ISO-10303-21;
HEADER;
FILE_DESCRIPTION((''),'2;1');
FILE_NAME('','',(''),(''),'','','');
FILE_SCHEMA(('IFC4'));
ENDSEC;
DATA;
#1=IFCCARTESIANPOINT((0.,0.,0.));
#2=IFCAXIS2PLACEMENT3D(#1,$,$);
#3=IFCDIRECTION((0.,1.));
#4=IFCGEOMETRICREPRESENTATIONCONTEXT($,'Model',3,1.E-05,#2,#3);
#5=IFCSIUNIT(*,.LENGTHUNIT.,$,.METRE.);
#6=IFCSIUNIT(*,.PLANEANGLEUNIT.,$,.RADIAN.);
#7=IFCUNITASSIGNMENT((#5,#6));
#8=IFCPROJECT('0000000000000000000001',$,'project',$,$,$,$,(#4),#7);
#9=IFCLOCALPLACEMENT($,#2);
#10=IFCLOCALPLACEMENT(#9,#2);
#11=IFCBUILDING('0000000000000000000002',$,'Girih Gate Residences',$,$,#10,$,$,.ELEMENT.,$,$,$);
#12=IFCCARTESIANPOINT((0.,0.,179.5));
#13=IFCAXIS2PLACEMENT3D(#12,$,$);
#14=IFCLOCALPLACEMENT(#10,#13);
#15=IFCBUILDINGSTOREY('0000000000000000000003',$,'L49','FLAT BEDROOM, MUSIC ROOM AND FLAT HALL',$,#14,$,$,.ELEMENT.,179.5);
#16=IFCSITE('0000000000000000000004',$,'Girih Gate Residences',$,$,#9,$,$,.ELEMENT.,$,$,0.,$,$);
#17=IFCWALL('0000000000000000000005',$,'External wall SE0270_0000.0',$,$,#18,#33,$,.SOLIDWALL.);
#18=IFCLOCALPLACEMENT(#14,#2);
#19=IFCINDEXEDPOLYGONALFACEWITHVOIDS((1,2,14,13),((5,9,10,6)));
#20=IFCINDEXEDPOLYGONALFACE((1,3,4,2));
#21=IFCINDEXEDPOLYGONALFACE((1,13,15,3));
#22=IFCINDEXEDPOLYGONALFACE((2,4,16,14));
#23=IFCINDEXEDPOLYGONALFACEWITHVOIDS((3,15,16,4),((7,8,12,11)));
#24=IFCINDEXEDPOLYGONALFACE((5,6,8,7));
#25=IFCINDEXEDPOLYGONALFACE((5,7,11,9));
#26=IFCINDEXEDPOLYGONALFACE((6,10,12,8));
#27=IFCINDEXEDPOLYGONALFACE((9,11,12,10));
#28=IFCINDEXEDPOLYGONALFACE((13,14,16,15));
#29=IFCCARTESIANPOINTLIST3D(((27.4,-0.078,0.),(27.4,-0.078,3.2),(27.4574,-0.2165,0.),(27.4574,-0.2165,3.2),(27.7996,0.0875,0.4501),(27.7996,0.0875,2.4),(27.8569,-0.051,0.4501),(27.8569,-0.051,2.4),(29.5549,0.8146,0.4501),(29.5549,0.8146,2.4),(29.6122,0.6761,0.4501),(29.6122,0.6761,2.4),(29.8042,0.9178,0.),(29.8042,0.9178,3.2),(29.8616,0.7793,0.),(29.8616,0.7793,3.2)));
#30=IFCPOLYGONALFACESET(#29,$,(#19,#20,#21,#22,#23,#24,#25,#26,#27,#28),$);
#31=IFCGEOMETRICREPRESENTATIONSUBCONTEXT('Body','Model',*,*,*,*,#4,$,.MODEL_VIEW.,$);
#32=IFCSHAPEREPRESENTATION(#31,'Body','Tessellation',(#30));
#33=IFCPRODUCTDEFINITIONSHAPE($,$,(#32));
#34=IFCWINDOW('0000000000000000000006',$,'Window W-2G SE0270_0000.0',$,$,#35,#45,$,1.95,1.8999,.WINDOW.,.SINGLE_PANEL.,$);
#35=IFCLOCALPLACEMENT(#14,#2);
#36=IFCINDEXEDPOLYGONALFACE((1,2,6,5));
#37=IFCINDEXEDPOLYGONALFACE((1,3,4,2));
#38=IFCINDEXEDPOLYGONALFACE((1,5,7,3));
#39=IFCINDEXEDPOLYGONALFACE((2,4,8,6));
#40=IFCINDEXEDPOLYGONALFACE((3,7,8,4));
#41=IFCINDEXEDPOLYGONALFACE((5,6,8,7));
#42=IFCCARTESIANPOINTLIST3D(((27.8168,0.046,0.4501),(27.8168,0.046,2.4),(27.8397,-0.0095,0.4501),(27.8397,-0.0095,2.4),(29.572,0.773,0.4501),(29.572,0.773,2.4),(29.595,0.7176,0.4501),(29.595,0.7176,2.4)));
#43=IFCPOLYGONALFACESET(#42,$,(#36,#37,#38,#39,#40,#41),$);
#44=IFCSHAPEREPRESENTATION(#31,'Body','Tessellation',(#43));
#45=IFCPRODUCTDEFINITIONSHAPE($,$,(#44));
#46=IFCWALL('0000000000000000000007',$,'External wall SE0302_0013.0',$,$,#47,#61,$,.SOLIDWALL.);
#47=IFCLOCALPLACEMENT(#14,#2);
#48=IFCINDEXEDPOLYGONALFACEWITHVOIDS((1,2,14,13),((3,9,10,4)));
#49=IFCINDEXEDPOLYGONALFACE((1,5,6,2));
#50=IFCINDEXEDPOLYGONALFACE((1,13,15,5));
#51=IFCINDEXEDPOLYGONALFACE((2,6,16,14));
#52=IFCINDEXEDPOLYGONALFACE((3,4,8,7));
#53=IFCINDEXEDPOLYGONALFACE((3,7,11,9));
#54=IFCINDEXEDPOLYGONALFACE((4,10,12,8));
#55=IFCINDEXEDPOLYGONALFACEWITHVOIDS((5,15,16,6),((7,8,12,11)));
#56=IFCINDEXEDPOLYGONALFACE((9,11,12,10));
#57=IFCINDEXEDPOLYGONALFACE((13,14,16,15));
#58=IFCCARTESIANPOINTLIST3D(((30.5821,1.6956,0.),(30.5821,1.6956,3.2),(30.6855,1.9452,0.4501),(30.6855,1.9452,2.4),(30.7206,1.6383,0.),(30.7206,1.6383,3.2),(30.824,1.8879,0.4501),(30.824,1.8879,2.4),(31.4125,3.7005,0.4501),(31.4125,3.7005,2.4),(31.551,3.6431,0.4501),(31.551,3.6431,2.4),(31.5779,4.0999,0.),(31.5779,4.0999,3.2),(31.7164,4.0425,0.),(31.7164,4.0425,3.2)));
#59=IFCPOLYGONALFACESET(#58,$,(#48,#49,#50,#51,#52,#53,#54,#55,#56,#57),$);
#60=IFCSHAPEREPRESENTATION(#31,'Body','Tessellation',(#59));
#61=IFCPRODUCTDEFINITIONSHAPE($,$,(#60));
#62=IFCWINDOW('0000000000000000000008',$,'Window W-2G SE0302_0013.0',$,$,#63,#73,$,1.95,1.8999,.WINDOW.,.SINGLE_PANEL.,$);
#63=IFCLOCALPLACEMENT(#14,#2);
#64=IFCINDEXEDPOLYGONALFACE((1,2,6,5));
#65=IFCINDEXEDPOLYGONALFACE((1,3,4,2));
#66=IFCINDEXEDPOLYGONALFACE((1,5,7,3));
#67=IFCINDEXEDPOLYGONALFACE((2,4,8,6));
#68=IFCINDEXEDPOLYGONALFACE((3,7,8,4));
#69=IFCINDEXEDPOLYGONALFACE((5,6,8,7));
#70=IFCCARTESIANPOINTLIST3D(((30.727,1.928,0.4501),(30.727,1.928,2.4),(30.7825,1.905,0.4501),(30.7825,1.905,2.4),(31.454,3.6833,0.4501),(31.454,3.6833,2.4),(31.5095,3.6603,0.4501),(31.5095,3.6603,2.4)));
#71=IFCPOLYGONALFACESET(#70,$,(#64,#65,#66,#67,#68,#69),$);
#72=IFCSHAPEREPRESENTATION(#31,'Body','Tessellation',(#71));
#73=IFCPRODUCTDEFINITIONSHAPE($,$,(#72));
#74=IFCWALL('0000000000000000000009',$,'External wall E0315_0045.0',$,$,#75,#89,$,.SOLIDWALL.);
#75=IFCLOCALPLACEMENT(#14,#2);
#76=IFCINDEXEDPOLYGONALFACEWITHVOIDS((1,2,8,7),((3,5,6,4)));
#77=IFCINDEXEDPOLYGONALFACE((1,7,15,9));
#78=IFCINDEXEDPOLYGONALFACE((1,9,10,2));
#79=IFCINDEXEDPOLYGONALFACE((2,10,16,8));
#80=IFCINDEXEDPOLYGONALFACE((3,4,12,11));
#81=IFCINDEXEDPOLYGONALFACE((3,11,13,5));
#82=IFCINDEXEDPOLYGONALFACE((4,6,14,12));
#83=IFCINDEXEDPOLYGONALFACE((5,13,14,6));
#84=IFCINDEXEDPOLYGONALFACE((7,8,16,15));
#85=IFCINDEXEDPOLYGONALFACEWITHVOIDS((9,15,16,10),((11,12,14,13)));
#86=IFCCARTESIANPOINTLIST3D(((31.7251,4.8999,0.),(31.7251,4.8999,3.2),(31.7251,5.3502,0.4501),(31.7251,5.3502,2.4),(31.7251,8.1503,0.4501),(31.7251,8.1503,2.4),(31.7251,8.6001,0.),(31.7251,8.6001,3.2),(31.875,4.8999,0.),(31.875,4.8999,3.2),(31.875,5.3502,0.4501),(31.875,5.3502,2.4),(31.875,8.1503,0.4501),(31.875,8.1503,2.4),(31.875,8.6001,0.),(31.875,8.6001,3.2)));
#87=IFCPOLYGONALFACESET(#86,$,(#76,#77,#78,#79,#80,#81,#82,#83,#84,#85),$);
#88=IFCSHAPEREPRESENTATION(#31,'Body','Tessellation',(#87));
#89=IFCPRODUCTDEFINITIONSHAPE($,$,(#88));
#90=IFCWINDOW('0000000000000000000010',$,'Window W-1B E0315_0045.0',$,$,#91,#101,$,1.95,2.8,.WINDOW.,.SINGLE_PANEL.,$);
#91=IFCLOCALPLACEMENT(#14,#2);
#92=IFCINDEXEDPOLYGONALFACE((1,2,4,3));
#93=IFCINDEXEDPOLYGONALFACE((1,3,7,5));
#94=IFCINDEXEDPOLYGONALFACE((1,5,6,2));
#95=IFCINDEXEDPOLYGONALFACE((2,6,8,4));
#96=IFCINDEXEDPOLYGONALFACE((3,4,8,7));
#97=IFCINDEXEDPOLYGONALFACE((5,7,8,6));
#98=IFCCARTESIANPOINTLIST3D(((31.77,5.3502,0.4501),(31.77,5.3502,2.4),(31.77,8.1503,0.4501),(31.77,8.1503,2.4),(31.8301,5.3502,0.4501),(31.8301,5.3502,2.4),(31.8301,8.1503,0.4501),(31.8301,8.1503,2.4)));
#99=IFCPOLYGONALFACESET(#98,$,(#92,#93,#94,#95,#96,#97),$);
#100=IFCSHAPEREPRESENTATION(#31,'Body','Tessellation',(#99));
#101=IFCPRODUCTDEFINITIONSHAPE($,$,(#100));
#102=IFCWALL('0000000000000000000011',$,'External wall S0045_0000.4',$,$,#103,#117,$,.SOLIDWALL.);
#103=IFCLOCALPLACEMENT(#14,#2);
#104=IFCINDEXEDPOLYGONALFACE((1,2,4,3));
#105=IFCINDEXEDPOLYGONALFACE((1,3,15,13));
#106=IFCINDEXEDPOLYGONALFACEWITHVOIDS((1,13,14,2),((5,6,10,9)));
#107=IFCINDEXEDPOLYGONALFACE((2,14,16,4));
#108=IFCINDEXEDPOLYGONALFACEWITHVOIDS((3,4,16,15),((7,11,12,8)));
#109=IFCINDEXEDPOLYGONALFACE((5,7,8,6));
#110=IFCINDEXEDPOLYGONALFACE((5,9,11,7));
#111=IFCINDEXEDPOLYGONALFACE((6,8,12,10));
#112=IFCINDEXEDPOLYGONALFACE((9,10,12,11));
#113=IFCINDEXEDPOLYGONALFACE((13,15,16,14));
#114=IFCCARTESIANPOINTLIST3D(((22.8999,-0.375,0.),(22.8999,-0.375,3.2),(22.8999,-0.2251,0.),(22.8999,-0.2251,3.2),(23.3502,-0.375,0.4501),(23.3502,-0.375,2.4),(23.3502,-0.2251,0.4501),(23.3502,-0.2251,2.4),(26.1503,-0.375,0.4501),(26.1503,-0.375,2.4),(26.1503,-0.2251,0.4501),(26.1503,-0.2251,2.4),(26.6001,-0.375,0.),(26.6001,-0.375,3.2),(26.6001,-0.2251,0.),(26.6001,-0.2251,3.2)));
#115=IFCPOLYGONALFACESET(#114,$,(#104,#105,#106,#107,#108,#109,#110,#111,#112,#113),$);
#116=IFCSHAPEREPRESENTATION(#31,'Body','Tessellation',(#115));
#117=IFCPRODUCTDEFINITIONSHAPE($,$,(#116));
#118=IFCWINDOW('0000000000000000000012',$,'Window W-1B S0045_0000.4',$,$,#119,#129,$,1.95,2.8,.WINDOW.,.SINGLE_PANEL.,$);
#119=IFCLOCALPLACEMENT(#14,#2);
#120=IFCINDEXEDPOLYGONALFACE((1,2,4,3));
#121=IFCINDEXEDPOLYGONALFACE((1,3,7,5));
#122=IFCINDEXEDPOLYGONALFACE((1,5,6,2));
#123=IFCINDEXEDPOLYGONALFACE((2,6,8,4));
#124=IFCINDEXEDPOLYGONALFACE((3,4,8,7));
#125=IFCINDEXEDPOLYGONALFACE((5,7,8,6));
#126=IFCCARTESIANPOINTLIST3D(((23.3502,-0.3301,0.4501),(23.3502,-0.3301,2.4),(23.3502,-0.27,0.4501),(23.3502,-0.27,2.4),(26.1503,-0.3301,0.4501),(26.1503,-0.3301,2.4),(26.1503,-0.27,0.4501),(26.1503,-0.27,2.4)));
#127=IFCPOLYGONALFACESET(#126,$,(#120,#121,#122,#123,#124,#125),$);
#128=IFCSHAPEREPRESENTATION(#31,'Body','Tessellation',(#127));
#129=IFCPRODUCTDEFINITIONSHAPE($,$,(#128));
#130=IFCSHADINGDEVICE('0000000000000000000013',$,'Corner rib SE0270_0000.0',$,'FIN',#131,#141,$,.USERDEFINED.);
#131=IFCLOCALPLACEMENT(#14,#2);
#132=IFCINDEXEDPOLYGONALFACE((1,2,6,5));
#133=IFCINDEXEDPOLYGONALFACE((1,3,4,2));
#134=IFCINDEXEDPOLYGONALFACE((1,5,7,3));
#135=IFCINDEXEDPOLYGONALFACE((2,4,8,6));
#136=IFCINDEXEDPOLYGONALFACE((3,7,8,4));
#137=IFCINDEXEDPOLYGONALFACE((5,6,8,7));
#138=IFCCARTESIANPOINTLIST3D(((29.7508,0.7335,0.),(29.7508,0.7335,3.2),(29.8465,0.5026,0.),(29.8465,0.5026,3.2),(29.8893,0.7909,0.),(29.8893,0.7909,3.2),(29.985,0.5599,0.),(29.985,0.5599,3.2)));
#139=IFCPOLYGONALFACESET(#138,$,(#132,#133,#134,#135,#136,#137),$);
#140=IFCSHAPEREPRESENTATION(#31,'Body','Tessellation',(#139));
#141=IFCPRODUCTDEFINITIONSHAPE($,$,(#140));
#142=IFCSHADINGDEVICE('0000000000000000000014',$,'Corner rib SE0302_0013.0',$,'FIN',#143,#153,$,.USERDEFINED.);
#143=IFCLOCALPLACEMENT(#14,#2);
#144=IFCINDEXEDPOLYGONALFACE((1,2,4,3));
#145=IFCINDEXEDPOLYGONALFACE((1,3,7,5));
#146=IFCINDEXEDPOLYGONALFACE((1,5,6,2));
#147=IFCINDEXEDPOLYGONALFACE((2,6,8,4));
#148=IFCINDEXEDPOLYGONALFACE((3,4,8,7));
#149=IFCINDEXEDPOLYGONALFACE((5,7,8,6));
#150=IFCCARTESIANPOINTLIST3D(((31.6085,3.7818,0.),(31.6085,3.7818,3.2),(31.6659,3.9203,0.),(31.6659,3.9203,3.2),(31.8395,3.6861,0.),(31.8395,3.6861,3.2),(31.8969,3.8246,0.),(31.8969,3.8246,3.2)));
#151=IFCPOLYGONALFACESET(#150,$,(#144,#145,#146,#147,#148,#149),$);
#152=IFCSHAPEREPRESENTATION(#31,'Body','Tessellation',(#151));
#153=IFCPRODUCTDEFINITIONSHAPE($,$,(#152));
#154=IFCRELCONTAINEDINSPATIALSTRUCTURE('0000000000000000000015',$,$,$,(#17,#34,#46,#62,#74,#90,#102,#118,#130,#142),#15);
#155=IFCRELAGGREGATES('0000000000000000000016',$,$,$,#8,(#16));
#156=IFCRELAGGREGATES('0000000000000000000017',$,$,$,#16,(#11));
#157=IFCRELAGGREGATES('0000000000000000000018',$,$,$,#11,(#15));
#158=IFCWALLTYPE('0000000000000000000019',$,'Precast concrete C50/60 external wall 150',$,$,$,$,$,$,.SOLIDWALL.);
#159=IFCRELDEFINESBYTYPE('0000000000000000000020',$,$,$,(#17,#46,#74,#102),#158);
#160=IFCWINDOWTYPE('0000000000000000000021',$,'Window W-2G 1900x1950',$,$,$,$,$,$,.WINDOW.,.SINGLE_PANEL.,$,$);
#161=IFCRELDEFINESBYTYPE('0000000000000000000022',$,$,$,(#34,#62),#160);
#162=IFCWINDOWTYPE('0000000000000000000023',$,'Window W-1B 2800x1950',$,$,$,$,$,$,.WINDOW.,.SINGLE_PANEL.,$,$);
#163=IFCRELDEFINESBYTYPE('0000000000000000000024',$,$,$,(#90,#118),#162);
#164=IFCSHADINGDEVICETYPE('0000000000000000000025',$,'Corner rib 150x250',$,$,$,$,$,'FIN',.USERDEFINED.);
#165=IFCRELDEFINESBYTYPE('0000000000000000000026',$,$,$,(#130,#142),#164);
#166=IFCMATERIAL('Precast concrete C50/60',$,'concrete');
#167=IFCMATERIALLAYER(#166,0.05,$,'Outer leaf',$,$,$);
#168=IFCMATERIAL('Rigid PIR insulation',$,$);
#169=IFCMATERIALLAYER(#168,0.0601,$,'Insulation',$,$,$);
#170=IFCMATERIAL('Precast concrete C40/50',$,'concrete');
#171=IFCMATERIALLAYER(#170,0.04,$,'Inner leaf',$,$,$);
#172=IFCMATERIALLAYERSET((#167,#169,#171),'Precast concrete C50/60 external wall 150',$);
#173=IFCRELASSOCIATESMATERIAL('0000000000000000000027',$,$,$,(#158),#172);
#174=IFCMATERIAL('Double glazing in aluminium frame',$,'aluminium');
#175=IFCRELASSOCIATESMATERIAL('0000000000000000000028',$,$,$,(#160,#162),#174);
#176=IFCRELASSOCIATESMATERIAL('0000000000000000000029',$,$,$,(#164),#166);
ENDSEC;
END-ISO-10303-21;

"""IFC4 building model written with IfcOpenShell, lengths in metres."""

from ifc_helpers import new_model, si_unit, direction, frame, frame_2d, origin, origin_2d, place, context, subcontext, project, spatial, rectangle, extrude, material, layer, layer_set, type_object, element, fill, save


model = new_model("IFC4")

# Units and contexts
model_context = context("Model", 3, precision=1e-05, world=origin(), true_north=direction((0.0, 1.0)))
body_context = subcontext(model_context, "Body", "Model", "MODEL_VIEW")
ifc_project = project(units=[si_unit("LENGTHUNIT", "METRE"), si_unit("PLANEANGLEUNIT", "RADIAN")], contexts=[model_context])

# Site, building, storey
site_placement = place(None, origin())
site = spatial("IfcSite", under=ifc_project, at=site_placement, Name="Girih Gate Residences", CompositionType="ELEMENT", RefElevation=0.0)
building_placement = place(site_placement, origin())
building = spatial("IfcBuilding", under=site, at=building_placement, Name="Girih Gate Residences", CompositionType="ELEMENT")
storey_placement = place(building_placement, frame((0.0, 0.0, 179.5)))
storey = spatial("IfcBuildingStorey", under=building, at=storey_placement, Name="L49", Description="FLAT BEDROOM, MUSIC ROOM AND FLAT HALL", CompositionType="ELEMENT", Elevation=179.5)

# Walls, openings, windows
ifc_material_1 = material(Name="Precast concrete C50/60", Category="concrete")
ifc_layer_1 = layer(ifc_material_1, 0.05, Name="Outer leaf")
ifc_material_2 = material(Name="Rigid PIR insulation")
ifc_layer_2 = layer(ifc_material_2, 0.0601, Name="Insulation")
ifc_material_3 = material(Name="Precast concrete C40/50", Category="concrete")
ifc_layer_3 = layer(ifc_material_3, 0.04, Name="Inner leaf")
ifc_layer_set_1 = layer_set([ifc_layer_1, ifc_layer_2, ifc_layer_3], Name="Precast concrete C50/60 external wall 150")
wall_type_1 = type_object("IfcWallType", Name="Precast concrete C50/60 external wall 150", PredefinedType="SOLIDWALL", material=ifc_layer_set_1)
wall_1_placement = place(storey_placement, frame((29.833, 0.8486, 0.0), z_axis=(0.0, 0.0, 1.0), x_axis=(-0.923885, -0.382669, 0.0)))
wall_1 = element("IfcWall", 1, at=wall_1_placement, inside=storey, type_object=wall_type_1, Name="External wall SE0270_0000.0", PredefinedType="SOLIDWALL", context=body_context, shape_type="SweptSolid", body=[
    extrude(rectangle(XDim=2.6023, YDim=0.1499, at=frame_2d((1.3013, 0.0))), origin(), (0.0, 0.0, 1.0), 3.2),
])
opening_1_placement = place(wall_1_placement, frame((0.27, 0.0, 0.45)))
opening_1 = element("IfcOpeningElement", 2, at=opening_1_placement, cuts=wall_1, PredefinedType="OPENING", context=body_context, shape_type="SweptSolid", body=[
    extrude(rectangle(XDim=1.8999, YDim=1.95, at=frame_2d((0.95, 0.9751))), frame((0.0, 0.085, 0.0), z_axis=(0.0, -1.0, 0.0), x_axis=(1.0, 0.0, 0.0)), (0.0, 0.0, 1.0), 0.1699),
])
ifc_material_4 = material(Name="Double glazing in aluminium frame", Category="aluminium")
window_type_1 = type_object("IfcWindowType", Name="Window W-2G 1900x1950", PartitioningType="SINGLE_PANEL", PredefinedType="WINDOW", material=ifc_material_4)
window_1_placement = place(opening_1_placement, origin())
window_1 = element("IfcWindow", 3, at=window_1_placement, inside=storey, type_object=window_type_1, Name="Window W-2G SE0270_0000.0", OverallHeight=1.95, OverallWidth=1.8999, PartitioningType="SINGLE_PANEL", PredefinedType="WINDOW", context=body_context, shape_type="SweptSolid", body=[
    extrude(rectangle(XDim=1.8999, YDim=1.95, at=frame_2d((0.95, 0.9751))), frame((0.0, 0.03, 0.0), z_axis=(0.0, -1.0, 0.0), x_axis=(1.0, 0.0, 0.0)), (0.0, 0.0, 1.0), 0.0601),
])
fill(opening_1, window_1)
wall_2_placement = place(storey_placement, frame((31.6472, 4.0713, 0.0), z_axis=(0.0, 0.0, 1.0), x_axis=(-0.382669, -0.923885, 0.0)))
wall_2 = element("IfcWall", 4, at=wall_2_placement, inside=storey, type_object=wall_type_1, Name="External wall SE0302_0013.0", PredefinedType="SOLIDWALL", context=body_context, shape_type="SweptSolid", body=[
    extrude(rectangle(XDim=2.6023, YDim=0.1499, at=frame_2d((1.3013, 0.0))), origin(), (0.0, 0.0, 1.0), 3.2),
])
opening_2_placement = place(wall_2_placement, frame((0.4324, 0.0, 0.45)))
opening_2 = element("IfcOpeningElement", 5, at=opening_2_placement, cuts=wall_2, PredefinedType="OPENING", context=body_context, shape_type="SweptSolid", body=[
    extrude(rectangle(XDim=1.8999, YDim=1.95, at=frame_2d((0.95, 0.9751))), frame((0.0, 0.085, 0.0), z_axis=(0.0, -1.0, 0.0), x_axis=(1.0, 0.0, 0.0)), (0.0, 0.0, 1.0), 0.1699),
])
window_2_placement = place(opening_2_placement, origin())
window_2 = element("IfcWindow", 6, at=window_2_placement, inside=storey, type_object=window_type_1, Name="Window W-2G SE0302_0013.0", OverallHeight=1.95, OverallWidth=1.8999, PartitioningType="SINGLE_PANEL", PredefinedType="WINDOW", context=body_context, shape_type="SweptSolid", body=[
    extrude(rectangle(XDim=1.8999, YDim=1.95, at=frame_2d((0.95, 0.9751))), frame((0.0, 0.03, 0.0), z_axis=(0.0, -1.0, 0.0), x_axis=(1.0, 0.0, 0.0)), (0.0, 0.0, 1.0), 0.0601),
])
fill(opening_2, window_2)
wall_3_placement = place(storey_placement, frame((31.8, 8.6001, 0.0), z_axis=(0.0, 0.0, 1.0), x_axis=(0.0, -1.0, 0.0)))
wall_3 = element("IfcWall", 7, at=wall_3_placement, inside=storey, type_object=wall_type_1, Name="External wall E0315_0045.0", PredefinedType="SOLIDWALL", context=body_context, shape_type="SweptSolid", body=[
    extrude(rectangle(XDim=3.7002, YDim=0.1499, at=frame_2d((1.8501, 0.0))), origin(), (0.0, 0.0, 1.0), 3.2),
])
opening_3_placement = place(wall_3_placement, frame((0.45, 0.0, 0.45)))
opening_3 = element("IfcOpeningElement", 8, at=opening_3_placement, cuts=wall_3, PredefinedType="OPENING", context=body_context, shape_type="SweptSolid", body=[
    extrude(rectangle(XDim=2.8, YDim=1.95, at=frame_2d((1.3999, 0.9751))), frame((0.0, 0.085, 0.0), z_axis=(0.0, -1.0, 0.0), x_axis=(1.0, 0.0, 0.0)), (0.0, 0.0, 1.0), 0.1699),
])
window_type_2 = type_object("IfcWindowType", Name="Window W-1B 2800x1950", PartitioningType="SINGLE_PANEL", PredefinedType="WINDOW", material=ifc_material_4)
window_3_placement = place(opening_3_placement, origin())
window_3 = element("IfcWindow", 9, at=window_3_placement, inside=storey, type_object=window_type_2, Name="Window W-1B E0315_0045.0", OverallHeight=1.95, OverallWidth=2.8, PartitioningType="SINGLE_PANEL", PredefinedType="WINDOW", context=body_context, shape_type="SweptSolid", body=[
    extrude(rectangle(XDim=2.8, YDim=1.95, at=frame_2d((1.3999, 0.9751))), frame((0.0, 0.03, 0.0), z_axis=(0.0, -1.0, 0.0), x_axis=(1.0, 0.0, 0.0)), (0.0, 0.0, 1.0), 0.0601),
])
fill(opening_3, window_3)
wall_4_placement = place(storey_placement, frame((26.6001, -0.3, 0.0), z_axis=(0.0, 0.0, 1.0), x_axis=(-1.0, 0.0, 0.0)))
wall_4 = element("IfcWall", 10, at=wall_4_placement, inside=storey, type_object=wall_type_1, Name="External wall S0045_0000.4", PredefinedType="SOLIDWALL", context=body_context, shape_type="SweptSolid", body=[
    extrude(rectangle(XDim=3.7002, YDim=0.1499, at=frame_2d((1.8501, 0.0))), origin(), (0.0, 0.0, 1.0), 3.2),
])
opening_4_placement = place(wall_4_placement, frame((0.45, 0.0, 0.45)))
opening_4 = element("IfcOpeningElement", 11, at=opening_4_placement, cuts=wall_4, PredefinedType="OPENING", context=body_context, shape_type="SweptSolid", body=[
    extrude(rectangle(XDim=2.8, YDim=1.95, at=frame_2d((1.3999, 0.9751))), frame((0.0, 0.085, 0.0), z_axis=(0.0, -1.0, 0.0), x_axis=(1.0, 0.0, 0.0)), (0.0, 0.0, 1.0), 0.1699),
])
window_4_placement = place(opening_4_placement, origin())
window_4 = element("IfcWindow", 12, at=window_4_placement, inside=storey, type_object=window_type_2, Name="Window W-1B S0045_0000.4", OverallHeight=1.95, OverallWidth=2.8, PartitioningType="SINGLE_PANEL", PredefinedType="WINDOW", context=body_context, shape_type="SweptSolid", body=[
    extrude(rectangle(XDim=2.8, YDim=1.95, at=frame_2d((1.3999, 0.9751))), frame((0.0, 0.03, 0.0), z_axis=(0.0, -1.0, 0.0), x_axis=(1.0, 0.0, 0.0)), (0.0, 0.0, 1.0), 0.0601),
])
fill(opening_4, window_4)

# Shading devices
shading_device_type = type_object("IfcShadingDeviceType", Name="Corner rib 150x250", ElementType="FIN", PredefinedType="USERDEFINED", material=ifc_material_1)
for number, where, z_axis, x_axis, name in (
    (13, (29.8679, 0.6467, 0.0), (0.0, 0.0, 1.0), (0.92388, 0.382683, 0.0), "Corner rib SE0270_0000.0"),
    (14, (31.7527, 3.8032, 0.0), (0.0, 0.0, 1.0), (0.382683, 0.92388, 0.0), "Corner rib SE0302_0013.0"),
):
    element("IfcShadingDevice", number, at=place(storey_placement, frame(where, z_axis=z_axis, x_axis=x_axis)), inside=storey, type_object=shading_device_type, Name=name, ObjectType="FIN", PredefinedType="USERDEFINED", context=body_context, shape_type="SweptSolid", body=[
        extrude(rectangle(XDim=0.1499, YDim=0.25, at=origin_2d()), origin(), (0.0, 0.0, 1.0), 3.2),
    ])

save(model, "model.ifc")
